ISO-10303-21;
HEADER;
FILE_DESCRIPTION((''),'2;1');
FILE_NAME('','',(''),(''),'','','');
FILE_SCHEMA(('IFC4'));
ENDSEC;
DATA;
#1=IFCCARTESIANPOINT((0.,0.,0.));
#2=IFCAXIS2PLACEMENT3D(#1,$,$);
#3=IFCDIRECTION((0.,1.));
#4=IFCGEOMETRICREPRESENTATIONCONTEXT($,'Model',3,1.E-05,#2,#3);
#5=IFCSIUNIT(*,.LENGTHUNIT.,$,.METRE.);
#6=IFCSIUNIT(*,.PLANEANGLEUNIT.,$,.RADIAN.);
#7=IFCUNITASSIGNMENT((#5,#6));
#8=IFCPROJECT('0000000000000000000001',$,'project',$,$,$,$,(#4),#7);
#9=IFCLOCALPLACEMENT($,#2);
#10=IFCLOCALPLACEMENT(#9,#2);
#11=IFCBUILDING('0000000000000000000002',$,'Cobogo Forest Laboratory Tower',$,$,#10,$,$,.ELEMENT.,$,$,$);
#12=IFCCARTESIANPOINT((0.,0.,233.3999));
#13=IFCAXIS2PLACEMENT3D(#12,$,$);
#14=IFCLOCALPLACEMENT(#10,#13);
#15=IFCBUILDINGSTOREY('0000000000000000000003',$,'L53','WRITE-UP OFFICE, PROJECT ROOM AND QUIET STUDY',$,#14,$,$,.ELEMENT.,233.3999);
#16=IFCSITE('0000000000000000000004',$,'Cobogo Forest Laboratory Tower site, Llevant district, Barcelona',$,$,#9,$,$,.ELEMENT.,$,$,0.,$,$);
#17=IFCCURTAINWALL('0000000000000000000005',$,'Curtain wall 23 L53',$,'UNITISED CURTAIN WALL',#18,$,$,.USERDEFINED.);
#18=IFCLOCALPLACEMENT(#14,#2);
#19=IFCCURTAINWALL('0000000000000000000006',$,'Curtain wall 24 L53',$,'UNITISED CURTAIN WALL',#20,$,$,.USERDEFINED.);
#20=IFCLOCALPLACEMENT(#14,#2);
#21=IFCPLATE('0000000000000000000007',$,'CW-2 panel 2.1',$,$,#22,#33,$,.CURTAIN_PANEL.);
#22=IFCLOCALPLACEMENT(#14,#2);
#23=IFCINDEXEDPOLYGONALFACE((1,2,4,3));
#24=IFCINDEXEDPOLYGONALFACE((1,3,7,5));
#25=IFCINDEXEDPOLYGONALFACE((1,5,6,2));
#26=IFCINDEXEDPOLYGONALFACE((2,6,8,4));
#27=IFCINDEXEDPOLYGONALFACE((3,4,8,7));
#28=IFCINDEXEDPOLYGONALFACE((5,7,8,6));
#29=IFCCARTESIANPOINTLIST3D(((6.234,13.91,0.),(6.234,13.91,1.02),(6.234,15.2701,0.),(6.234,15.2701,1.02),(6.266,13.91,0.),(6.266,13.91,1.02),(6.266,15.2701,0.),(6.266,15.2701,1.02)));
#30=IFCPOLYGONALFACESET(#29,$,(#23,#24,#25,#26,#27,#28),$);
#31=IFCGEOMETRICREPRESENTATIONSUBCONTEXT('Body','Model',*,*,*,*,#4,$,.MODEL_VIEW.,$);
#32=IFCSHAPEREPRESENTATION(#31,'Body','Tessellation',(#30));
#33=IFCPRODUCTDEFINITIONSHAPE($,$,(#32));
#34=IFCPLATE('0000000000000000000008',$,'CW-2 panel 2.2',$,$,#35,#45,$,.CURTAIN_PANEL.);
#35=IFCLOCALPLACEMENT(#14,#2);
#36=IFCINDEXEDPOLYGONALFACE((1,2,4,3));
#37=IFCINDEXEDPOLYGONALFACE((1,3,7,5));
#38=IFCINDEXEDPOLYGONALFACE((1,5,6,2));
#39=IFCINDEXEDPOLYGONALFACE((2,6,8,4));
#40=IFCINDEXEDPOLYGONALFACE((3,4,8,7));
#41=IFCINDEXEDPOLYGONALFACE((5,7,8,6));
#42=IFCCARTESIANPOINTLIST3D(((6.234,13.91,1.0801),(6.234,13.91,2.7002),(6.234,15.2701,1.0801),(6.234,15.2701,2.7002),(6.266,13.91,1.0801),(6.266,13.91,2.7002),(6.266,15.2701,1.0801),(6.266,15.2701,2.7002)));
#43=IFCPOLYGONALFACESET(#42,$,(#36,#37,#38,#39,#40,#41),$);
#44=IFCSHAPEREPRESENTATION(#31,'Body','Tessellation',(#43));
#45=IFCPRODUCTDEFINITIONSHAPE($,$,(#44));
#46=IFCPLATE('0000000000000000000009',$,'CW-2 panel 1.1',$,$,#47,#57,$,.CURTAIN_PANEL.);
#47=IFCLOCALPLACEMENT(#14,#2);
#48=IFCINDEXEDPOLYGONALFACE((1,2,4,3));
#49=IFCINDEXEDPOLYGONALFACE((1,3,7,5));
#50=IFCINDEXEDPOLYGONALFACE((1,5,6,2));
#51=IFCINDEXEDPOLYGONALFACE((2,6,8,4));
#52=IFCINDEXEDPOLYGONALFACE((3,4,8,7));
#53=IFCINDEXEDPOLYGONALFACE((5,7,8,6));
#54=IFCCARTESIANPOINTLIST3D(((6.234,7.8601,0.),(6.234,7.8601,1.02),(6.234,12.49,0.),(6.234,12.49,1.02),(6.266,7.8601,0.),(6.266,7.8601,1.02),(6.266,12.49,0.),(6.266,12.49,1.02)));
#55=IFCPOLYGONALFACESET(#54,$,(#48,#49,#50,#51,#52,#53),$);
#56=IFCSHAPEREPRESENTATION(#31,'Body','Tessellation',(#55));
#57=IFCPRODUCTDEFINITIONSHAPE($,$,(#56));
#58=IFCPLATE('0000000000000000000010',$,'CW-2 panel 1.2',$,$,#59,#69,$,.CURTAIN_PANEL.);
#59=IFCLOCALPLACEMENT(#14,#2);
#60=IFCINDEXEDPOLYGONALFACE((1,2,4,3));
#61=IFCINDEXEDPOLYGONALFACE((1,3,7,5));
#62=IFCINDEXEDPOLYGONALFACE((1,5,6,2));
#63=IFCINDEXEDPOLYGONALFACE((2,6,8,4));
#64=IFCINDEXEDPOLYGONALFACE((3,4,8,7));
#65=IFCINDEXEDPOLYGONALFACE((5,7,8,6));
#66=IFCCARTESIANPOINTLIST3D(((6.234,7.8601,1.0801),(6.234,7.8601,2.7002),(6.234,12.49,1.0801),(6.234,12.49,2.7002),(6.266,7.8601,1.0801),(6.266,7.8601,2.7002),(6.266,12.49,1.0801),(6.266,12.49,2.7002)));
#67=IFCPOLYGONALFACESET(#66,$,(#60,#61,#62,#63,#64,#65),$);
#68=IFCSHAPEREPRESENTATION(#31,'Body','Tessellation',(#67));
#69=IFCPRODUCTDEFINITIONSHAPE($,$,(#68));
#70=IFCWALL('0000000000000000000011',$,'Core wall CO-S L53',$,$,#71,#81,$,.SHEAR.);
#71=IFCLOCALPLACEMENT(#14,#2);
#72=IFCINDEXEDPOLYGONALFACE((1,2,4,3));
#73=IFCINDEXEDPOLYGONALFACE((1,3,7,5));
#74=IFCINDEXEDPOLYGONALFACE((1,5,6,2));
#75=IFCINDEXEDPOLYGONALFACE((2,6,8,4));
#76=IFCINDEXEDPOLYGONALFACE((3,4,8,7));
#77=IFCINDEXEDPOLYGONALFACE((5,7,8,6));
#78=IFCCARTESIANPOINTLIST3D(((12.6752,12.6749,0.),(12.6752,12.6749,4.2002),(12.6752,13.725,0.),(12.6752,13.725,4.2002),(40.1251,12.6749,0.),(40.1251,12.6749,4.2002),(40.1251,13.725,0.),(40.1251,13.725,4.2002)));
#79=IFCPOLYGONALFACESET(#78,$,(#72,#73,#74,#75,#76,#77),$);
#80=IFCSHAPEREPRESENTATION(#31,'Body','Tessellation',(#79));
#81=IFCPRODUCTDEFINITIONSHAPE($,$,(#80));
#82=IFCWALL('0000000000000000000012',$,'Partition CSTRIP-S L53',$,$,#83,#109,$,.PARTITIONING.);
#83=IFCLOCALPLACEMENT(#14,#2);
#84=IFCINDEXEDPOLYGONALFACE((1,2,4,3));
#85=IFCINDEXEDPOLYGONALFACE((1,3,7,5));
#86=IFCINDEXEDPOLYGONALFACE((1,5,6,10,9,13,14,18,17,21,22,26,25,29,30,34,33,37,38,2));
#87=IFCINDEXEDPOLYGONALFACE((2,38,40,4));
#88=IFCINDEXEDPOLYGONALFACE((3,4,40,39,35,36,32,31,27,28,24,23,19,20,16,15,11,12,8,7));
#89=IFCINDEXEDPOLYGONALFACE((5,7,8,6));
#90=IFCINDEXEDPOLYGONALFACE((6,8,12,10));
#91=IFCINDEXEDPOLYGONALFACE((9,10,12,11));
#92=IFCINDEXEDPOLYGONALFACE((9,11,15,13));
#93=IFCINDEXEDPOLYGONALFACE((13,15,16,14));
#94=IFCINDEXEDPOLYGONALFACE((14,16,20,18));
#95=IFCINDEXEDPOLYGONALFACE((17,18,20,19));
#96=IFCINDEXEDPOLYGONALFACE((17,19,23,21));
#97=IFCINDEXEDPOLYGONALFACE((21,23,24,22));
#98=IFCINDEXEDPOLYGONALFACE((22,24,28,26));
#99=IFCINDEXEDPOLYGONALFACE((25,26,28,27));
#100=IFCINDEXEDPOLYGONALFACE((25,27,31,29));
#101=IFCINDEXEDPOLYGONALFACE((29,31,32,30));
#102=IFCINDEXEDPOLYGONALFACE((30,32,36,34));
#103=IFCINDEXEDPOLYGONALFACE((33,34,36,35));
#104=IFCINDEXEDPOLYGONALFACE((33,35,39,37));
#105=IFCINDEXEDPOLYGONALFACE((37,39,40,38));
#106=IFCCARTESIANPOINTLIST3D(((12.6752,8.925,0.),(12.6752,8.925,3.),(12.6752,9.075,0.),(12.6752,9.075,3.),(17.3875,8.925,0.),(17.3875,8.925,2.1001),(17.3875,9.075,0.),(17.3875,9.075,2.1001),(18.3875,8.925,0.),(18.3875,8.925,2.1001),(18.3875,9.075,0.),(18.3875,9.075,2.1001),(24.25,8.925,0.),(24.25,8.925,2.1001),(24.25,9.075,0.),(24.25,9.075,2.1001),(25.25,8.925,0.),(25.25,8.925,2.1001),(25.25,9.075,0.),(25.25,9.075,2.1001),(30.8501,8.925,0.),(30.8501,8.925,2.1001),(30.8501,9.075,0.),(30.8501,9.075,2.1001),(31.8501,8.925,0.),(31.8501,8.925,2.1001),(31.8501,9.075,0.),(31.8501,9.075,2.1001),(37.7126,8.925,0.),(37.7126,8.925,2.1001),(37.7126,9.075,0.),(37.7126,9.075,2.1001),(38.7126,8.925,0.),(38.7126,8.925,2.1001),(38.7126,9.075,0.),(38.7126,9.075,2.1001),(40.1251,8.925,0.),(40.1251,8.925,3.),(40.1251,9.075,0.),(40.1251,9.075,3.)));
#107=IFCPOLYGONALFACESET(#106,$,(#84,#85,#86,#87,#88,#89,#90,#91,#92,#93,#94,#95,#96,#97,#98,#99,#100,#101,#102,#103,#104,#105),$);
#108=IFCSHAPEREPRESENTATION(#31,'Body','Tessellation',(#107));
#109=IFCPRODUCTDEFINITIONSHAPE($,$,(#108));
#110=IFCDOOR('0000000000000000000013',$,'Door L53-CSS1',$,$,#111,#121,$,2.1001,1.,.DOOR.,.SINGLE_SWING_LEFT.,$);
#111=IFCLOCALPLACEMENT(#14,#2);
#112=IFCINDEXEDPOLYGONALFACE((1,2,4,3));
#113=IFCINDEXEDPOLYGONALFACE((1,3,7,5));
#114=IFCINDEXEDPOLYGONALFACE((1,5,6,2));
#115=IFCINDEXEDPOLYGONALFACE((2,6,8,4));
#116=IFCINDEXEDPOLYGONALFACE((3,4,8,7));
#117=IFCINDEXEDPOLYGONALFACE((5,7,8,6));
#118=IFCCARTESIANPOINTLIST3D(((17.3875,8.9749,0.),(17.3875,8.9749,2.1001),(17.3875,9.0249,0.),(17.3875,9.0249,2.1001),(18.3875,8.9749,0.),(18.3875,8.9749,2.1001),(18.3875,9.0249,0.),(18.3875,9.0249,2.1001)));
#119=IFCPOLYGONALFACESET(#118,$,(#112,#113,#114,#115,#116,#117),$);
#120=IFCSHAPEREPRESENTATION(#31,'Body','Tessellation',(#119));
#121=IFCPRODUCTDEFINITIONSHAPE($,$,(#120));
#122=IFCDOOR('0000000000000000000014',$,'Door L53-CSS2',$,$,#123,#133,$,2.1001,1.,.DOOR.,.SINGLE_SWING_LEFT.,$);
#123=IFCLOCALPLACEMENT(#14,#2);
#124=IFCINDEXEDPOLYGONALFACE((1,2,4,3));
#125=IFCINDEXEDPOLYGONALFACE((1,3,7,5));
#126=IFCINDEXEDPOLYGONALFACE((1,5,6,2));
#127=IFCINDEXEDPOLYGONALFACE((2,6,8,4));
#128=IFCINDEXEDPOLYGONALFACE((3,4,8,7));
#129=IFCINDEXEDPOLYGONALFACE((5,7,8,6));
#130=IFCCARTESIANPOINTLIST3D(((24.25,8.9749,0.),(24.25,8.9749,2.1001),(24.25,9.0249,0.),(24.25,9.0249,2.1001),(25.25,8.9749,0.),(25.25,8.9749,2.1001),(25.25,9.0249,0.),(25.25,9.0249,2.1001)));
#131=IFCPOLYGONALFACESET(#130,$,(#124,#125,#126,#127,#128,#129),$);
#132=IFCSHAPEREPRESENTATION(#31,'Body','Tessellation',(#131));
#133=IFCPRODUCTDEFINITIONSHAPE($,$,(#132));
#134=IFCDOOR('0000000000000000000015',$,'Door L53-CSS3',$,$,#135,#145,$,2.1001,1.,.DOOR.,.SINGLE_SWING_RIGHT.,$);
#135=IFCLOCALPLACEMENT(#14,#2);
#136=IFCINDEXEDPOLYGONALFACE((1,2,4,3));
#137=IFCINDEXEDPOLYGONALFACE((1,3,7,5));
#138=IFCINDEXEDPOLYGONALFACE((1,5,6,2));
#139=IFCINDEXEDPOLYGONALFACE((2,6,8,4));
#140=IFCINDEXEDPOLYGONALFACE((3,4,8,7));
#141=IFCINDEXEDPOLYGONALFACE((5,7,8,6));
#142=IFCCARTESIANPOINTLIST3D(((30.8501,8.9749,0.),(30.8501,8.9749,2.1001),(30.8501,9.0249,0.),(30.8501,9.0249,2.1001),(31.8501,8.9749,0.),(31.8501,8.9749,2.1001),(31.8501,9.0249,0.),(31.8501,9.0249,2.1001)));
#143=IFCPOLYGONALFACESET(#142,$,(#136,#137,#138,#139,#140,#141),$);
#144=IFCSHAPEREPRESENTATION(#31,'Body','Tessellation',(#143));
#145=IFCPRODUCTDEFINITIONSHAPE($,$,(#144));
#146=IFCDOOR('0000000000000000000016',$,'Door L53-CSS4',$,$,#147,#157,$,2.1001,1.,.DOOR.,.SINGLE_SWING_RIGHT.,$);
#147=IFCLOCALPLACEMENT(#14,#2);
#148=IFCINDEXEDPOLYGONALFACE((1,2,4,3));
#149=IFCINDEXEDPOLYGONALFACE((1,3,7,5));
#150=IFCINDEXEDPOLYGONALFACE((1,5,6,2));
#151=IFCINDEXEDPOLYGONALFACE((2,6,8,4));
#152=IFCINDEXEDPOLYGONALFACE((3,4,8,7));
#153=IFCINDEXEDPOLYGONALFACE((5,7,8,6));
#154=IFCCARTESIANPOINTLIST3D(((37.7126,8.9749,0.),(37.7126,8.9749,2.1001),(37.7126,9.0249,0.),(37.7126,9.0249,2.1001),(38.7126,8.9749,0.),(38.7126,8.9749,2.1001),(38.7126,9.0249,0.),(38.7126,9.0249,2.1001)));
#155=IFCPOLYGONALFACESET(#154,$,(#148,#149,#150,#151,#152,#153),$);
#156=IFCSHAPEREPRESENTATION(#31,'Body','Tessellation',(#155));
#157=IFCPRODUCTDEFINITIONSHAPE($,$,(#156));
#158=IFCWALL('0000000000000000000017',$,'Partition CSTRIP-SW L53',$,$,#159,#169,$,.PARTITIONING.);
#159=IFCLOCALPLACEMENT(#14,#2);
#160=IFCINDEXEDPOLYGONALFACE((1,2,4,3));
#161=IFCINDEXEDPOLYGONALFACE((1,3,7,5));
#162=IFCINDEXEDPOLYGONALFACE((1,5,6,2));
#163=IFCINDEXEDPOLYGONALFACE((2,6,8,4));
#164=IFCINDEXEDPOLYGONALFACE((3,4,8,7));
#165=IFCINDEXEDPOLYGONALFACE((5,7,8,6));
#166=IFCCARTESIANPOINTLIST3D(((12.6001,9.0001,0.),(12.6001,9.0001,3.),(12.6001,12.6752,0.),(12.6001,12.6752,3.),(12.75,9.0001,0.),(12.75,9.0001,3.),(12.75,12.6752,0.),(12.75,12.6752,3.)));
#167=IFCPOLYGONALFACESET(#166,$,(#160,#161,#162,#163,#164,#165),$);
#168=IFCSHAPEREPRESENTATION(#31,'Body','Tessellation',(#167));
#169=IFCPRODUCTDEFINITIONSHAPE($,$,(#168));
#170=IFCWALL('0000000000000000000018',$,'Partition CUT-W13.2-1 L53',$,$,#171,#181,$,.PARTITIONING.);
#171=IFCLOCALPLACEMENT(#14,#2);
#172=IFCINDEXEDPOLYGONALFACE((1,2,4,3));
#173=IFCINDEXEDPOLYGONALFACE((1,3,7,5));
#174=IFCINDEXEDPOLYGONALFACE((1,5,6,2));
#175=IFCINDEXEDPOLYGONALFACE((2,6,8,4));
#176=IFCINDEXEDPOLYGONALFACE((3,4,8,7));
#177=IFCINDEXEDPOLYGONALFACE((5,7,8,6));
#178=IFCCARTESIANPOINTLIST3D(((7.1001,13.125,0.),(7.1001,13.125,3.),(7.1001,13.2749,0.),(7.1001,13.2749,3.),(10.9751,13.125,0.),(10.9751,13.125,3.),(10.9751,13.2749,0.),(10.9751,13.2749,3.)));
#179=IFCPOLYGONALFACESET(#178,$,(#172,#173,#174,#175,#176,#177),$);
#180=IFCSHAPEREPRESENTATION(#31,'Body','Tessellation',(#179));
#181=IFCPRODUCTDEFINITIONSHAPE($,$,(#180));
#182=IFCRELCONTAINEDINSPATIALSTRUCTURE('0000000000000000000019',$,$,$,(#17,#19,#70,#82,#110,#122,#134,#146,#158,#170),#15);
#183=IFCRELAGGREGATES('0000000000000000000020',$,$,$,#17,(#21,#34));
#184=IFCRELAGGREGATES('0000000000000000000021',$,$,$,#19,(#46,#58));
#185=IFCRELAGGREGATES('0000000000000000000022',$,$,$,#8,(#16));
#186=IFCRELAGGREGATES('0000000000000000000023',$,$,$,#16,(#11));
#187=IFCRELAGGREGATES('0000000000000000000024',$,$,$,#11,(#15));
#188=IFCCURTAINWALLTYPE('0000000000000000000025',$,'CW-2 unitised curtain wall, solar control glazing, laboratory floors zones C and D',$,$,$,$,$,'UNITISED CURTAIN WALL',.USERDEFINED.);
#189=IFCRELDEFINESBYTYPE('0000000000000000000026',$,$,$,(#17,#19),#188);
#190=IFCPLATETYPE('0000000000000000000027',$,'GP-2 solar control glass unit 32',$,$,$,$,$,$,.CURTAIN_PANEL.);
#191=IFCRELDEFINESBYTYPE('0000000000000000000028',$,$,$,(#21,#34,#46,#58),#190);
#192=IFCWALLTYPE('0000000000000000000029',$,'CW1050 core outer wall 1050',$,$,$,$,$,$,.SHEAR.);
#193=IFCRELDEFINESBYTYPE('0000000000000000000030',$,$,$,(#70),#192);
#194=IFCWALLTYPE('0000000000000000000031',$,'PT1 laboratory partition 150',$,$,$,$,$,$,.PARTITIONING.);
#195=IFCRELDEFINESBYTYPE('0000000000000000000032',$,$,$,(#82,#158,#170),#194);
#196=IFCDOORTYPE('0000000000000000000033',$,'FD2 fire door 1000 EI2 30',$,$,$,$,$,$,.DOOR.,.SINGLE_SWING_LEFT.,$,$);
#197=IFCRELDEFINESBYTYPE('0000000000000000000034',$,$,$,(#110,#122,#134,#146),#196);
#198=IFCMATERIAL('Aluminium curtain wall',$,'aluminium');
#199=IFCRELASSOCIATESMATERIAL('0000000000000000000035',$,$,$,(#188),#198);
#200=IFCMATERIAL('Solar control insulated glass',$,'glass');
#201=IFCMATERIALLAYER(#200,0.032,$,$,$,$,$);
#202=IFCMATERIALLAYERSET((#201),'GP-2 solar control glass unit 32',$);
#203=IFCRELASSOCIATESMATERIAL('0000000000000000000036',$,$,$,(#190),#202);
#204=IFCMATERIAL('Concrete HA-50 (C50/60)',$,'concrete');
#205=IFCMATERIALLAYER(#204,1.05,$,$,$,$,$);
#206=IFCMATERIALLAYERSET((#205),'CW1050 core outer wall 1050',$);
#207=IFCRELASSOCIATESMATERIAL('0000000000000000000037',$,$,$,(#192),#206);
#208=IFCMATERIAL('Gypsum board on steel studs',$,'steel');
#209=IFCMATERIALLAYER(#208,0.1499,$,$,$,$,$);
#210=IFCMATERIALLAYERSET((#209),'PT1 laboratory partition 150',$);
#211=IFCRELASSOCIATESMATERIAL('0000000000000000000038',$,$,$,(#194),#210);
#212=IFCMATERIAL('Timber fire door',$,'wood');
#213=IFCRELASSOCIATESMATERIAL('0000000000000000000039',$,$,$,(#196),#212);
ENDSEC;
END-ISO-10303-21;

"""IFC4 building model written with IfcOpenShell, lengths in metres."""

from ifc_helpers import new_model, si_unit, direction, frame, frame_2d, origin, origin_2d, place, context, subcontext, project, spatial, rectangle, extrude, material, layer, layer_set, type_object, element, fill, aggregate, save


model = new_model("IFC4")

# Units and contexts
model_context = context("Model", 3, precision=1e-05, world=origin(), true_north=direction((0.0, 1.0)))
body_context = subcontext(model_context, "Body", "Model", "MODEL_VIEW")
ifc_project = project(units=[si_unit("LENGTHUNIT", "METRE"), si_unit("PLANEANGLEUNIT", "RADIAN")], contexts=[model_context])

# Site, building, storey
site_placement = place(None, origin())
site = spatial("IfcSite", under=ifc_project, at=site_placement, Name="Cobogo Forest Laboratory Tower site, Llevant district, Barcelona", CompositionType="ELEMENT", RefElevation=0.0)
building_placement = place(site_placement, origin())
building = spatial("IfcBuilding", under=site, at=building_placement, Name="Cobogo Forest Laboratory Tower", CompositionType="ELEMENT")
storey_placement = place(building_placement, frame((0.0, 0.0, 233.3999)))
storey = spatial("IfcBuildingStorey", under=building, at=storey_placement, Name="L53", Description="WRITE-UP OFFICE, PROJECT ROOM AND QUIET STUDY", CompositionType="ELEMENT", Elevation=233.3999)

# Shared definitions
ifc_material_1 = material(Name="Concrete HA-50 (C50/60)", Category="concrete")

# Curtain wall
ifc_material_2 = material(Name="Aluminium curtain wall", Category="aluminium")
curtain_wall_type = type_object("IfcCurtainWallType", Name="CW-2 unitised curtain wall, solar control glazing, laboratory floors zones C and D", ElementType="UNITISED CURTAIN WALL", PredefinedType="USERDEFINED", material=ifc_material_2)
curtain_wall_1_placement = place(storey_placement, origin())
curtain_wall_1 = element("IfcCurtainWall", 1, at=curtain_wall_1_placement, inside=storey, type_object=curtain_wall_type, Name="Curtain wall 23 L53", ObjectType="UNITISED CURTAIN WALL", PredefinedType="USERDEFINED")

# Curtain wall
curtain_wall_2_placement = place(storey_placement, origin())
curtain_wall_2 = element("IfcCurtainWall", 2, at=curtain_wall_2_placement, inside=storey, type_object=curtain_wall_type, Name="Curtain wall 24 L53", ObjectType="UNITISED CURTAIN WALL", PredefinedType="USERDEFINED")

# Plates
ifc_material_3 = material(Name="Solar control insulated glass", Category="glass")
ifc_layer_1 = layer(ifc_material_3, 0.032)
ifc_layer_set_1 = layer_set([ifc_layer_1], Name="GP-2 solar control glass unit 32")
plate_type_1 = type_object("IfcPlateType", Name="GP-2 solar control glass unit 32", PredefinedType="CURTAIN_PANEL", material=ifc_layer_set_1)
plate_1_placement = place(storey_placement, frame((6.25, 14.5901, 0.0), z_axis=(0.0, 0.0, 1.0), x_axis=(0.0, -1.0, 0.0)))
plate_1 = element("IfcPlate", 3, at=plate_1_placement, type_object=plate_type_1, Name="CW-2 panel 2.1", PredefinedType="CURTAIN_PANEL", context=body_context, shape_type="SweptSolid", body=[
    extrude(rectangle(XDim=1.3601, YDim=0.032, at=origin_2d()), origin(), (0.0, 0.0, 1.0), 1.02),
])
plate_2_placement = place(storey_placement, frame((6.25, 14.5901, 1.0801), z_axis=(0.0, 0.0, 1.0), x_axis=(0.0, -1.0, 0.0)))
plate_2 = element("IfcPlate", 4, at=plate_2_placement, type_object=plate_type_1, Name="CW-2 panel 2.2", PredefinedType="CURTAIN_PANEL", context=body_context, shape_type="SweptSolid", body=[
    extrude(rectangle(XDim=1.3601, YDim=0.032, at=origin_2d()), origin(), (0.0, 0.0, 1.0), 1.6201),
])
aggregate(curtain_wall_1, [plate_1, plate_2])
plate_3_placement = place(storey_placement, frame((6.25, 10.175, 0.0), z_axis=(0.0, 0.0, 1.0), x_axis=(0.0, -1.0, 0.0)))
plate_3 = element("IfcPlate", 5, at=plate_3_placement, type_object=plate_type_1, Name="CW-2 panel 1.1", PredefinedType="CURTAIN_PANEL", context=body_context, shape_type="SweptSolid", body=[
    extrude(rectangle(XDim=4.6299, YDim=0.032, at=origin_2d()), origin(), (0.0, 0.0, 1.0), 1.02),
])
plate_4_placement = place(storey_placement, frame((6.25, 10.175, 1.0801), z_axis=(0.0, 0.0, 1.0), x_axis=(0.0, -1.0, 0.0)))
plate_4 = element("IfcPlate", 6, at=plate_4_placement, type_object=plate_type_1, Name="CW-2 panel 1.2", PredefinedType="CURTAIN_PANEL", context=body_context, shape_type="SweptSolid", body=[
    extrude(rectangle(XDim=4.6299, YDim=0.032, at=origin_2d()), origin(), (0.0, 0.0, 1.0), 1.6201),
])
aggregate(curtain_wall_2, [plate_3, plate_4])

# Wall
ifc_layer_2 = layer(ifc_material_1, 1.05)
ifc_layer_set_2 = layer_set([ifc_layer_2], Name="CW1050 core outer wall 1050")
wall_type_1 = type_object("IfcWallType", Name="CW1050 core outer wall 1050", PredefinedType="SHEAR", material=ifc_layer_set_2)
wall_1_placement = place(storey_placement, frame((12.675, 13.2, 0.0), z_axis=(0.0, 0.0, 1.0), x_axis=(1.0, 0.0, 0.0)))
element("IfcWall", 7, at=wall_1_placement, inside=storey, type_object=wall_type_1, Name="Core wall CO-S L53", PredefinedType="SHEAR", context=body_context, shape_type="SweptSolid", body=[
    extrude(rectangle(XDim=27.45, YDim=1.05, at=frame_2d((13.7251, 0.0))), origin(), (0.0, 0.0, 1.0), 4.2002),
])

# Wall, openings, doors
ifc_material_4 = material(Name="Gypsum board on steel studs", Category="steel")
ifc_layer_3 = layer(ifc_material_4, 0.1499)
ifc_layer_set_3 = layer_set([ifc_layer_3], Name="PT1 laboratory partition 150")
wall_type_2 = type_object("IfcWallType", Name="PT1 laboratory partition 150", PredefinedType="PARTITIONING", material=ifc_layer_set_3)
wall_2_placement = place(storey_placement, frame((12.675, 9.0, 0.0), z_axis=(0.0, 0.0, 1.0), x_axis=(1.0, 0.0, 0.0)))
wall_2 = element("IfcWall", 8, at=wall_2_placement, inside=storey, type_object=wall_type_2, Name="Partition CSTRIP-S L53", PredefinedType="PARTITIONING", context=body_context, shape_type="SweptSolid", body=[
    extrude(rectangle(XDim=27.45, YDim=0.1499, at=frame_2d((13.7251, 0.0))), origin(), (0.0, 0.0, 1.0), 3.0),
])
opening_1_placement = place(wall_2_placement, frame((4.7124, 0.0, 0.0)))
opening_1 = element("IfcOpeningElement", 9, at=opening_1_placement, cuts=wall_2, PredefinedType="OPENING", context=body_context, shape_type="SweptSolid", body=[
    extrude(rectangle(XDim=1.0, YDim=2.1001, at=frame_2d((0.5, 1.05))), frame((0.0, 0.085, 0.0), z_axis=(0.0, -1.0, 0.0), x_axis=(1.0, 0.0, 0.0)), (0.0, 0.0, 1.0), 0.1699),
])
opening_2_placement = place(wall_2_placement, frame((11.575, 0.0, 0.0)))
opening_2 = element("IfcOpeningElement", 10, at=opening_2_placement, cuts=wall_2, PredefinedType="OPENING", context=body_context, shape_type="SweptSolid", body=[
    extrude(rectangle(XDim=1.0, YDim=2.1001, at=frame_2d((0.5, 1.05))), frame((0.0, 0.085, 0.0), z_axis=(0.0, -1.0, 0.0), x_axis=(1.0, 0.0, 0.0)), (0.0, 0.0, 1.0), 0.1699),
])
opening_3_placement = place(wall_2_placement, frame((18.175, 0.0, 0.0)))
opening_3 = element("IfcOpeningElement", 11, at=opening_3_placement, cuts=wall_2, PredefinedType="OPENING", context=body_context, shape_type="SweptSolid", body=[
    extrude(rectangle(XDim=1.0, YDim=2.1001, at=frame_2d((0.5, 1.05))), frame((0.0, 0.085, 0.0), z_axis=(0.0, -1.0, 0.0), x_axis=(1.0, 0.0, 0.0)), (0.0, 0.0, 1.0), 0.1699),
])
opening_4_placement = place(wall_2_placement, frame((25.0376, 0.0, 0.0)))
opening_4 = element("IfcOpeningElement", 12, at=opening_4_placement, cuts=wall_2, PredefinedType="OPENING", context=body_context, shape_type="SweptSolid", body=[
    extrude(rectangle(XDim=1.0, YDim=2.1001, at=frame_2d((0.5, 1.05))), frame((0.0, 0.085, 0.0), z_axis=(0.0, -1.0, 0.0), x_axis=(1.0, 0.0, 0.0)), (0.0, 0.0, 1.0), 0.1699),
])
ifc_material_5 = material(Name="Timber fire door", Category="wood")
door_type = type_object("IfcDoorType", Name="FD2 fire door 1000 EI2 30", OperationType="SINGLE_SWING_LEFT", PredefinedType="DOOR", material=ifc_material_5)
door_1_placement = place(opening_1_placement, origin())
door_1 = element("IfcDoor", 13, at=door_1_placement, inside=storey, type_object=door_type, Name="Door L53-CSS1", OperationType="SINGLE_SWING_LEFT", OverallHeight=2.1001, OverallWidth=1.0, PredefinedType="DOOR", context=body_context, shape_type="SweptSolid", body=[
    extrude(rectangle(XDim=1.0, YDim=2.1001, at=frame_2d((0.5, 1.05))), frame((0.0, 0.0249, 0.0), z_axis=(0.0, -1.0, 0.0), x_axis=(1.0, 0.0, 0.0)), (0.0, 0.0, 1.0), 0.05),
])
fill(opening_1, door_1)
door_2_placement = place(opening_2_placement, origin())
door_2 = element("IfcDoor", 14, at=door_2_placement, inside=storey, type_object=door_type, Name="Door L53-CSS2", OperationType="SINGLE_SWING_LEFT", OverallHeight=2.1001, OverallWidth=1.0, PredefinedType="DOOR", context=body_context, shape_type="SweptSolid", body=[
    extrude(rectangle(XDim=1.0, YDim=2.1001, at=frame_2d((0.5, 1.05))), frame((0.0, 0.0249, 0.0), z_axis=(0.0, -1.0, 0.0), x_axis=(1.0, 0.0, 0.0)), (0.0, 0.0, 1.0), 0.05),
])
fill(opening_2, door_2)
door_3_placement = place(opening_3_placement, origin())
door_3 = element("IfcDoor", 15, at=door_3_placement, inside=storey, type_object=door_type, Name="Door L53-CSS3", OperationType="SINGLE_SWING_RIGHT", OverallHeight=2.1001, OverallWidth=1.0, PredefinedType="DOOR", context=body_context, shape_type="SweptSolid", body=[
    extrude(rectangle(XDim=1.0, YDim=2.1001, at=frame_2d((0.5, 1.05))), frame((0.0, 0.0249, 0.0), z_axis=(0.0, -1.0, 0.0), x_axis=(1.0, 0.0, 0.0)), (0.0, 0.0, 1.0), 0.05),
])
fill(opening_3, door_3)
door_4_placement = place(opening_4_placement, origin())
door_4 = element("IfcDoor", 16, at=door_4_placement, inside=storey, type_object=door_type, Name="Door L53-CSS4", OperationType="SINGLE_SWING_RIGHT", OverallHeight=2.1001, OverallWidth=1.0, PredefinedType="DOOR", context=body_context, shape_type="SweptSolid", body=[
    extrude(rectangle(XDim=1.0, YDim=2.1001, at=frame_2d((0.5, 1.05))), frame((0.0, 0.0249, 0.0), z_axis=(0.0, -1.0, 0.0), x_axis=(1.0, 0.0, 0.0)), (0.0, 0.0, 1.0), 0.05),
])
fill(opening_4, door_4)

# Walls
wall_3_placement = place(storey_placement, frame((12.675, 12.675, 0.0), z_axis=(0.0, 0.0, 1.0), x_axis=(0.0, -1.0, 0.0)))
element("IfcWall", 17, at=wall_3_placement, inside=storey, type_object=wall_type_2, Name="Partition CSTRIP-SW L53", PredefinedType="PARTITIONING", context=body_context, shape_type="SweptSolid", body=[
    extrude(rectangle(XDim=3.675, YDim=0.1499, at=frame_2d((1.8374, 0.0))), origin(), (0.0, 0.0, 1.0), 3.0),
])
wall_4_placement = place(storey_placement, frame((7.1001, 13.2, 0.0), z_axis=(0.0, 0.0, 1.0), x_axis=(1.0, 0.0, 0.0)))
element("IfcWall", 18, at=wall_4_placement, inside=storey, type_object=wall_type_2, Name="Partition CUT-W13.2-1 L53", PredefinedType="PARTITIONING", context=body_context, shape_type="SweptSolid", body=[
    extrude(rectangle(XDim=3.875, YDim=0.1499, at=frame_2d((1.9375, 0.0))), origin(), (0.0, 0.0, 1.0), 3.0),
])

save(model, "model.ifc")
